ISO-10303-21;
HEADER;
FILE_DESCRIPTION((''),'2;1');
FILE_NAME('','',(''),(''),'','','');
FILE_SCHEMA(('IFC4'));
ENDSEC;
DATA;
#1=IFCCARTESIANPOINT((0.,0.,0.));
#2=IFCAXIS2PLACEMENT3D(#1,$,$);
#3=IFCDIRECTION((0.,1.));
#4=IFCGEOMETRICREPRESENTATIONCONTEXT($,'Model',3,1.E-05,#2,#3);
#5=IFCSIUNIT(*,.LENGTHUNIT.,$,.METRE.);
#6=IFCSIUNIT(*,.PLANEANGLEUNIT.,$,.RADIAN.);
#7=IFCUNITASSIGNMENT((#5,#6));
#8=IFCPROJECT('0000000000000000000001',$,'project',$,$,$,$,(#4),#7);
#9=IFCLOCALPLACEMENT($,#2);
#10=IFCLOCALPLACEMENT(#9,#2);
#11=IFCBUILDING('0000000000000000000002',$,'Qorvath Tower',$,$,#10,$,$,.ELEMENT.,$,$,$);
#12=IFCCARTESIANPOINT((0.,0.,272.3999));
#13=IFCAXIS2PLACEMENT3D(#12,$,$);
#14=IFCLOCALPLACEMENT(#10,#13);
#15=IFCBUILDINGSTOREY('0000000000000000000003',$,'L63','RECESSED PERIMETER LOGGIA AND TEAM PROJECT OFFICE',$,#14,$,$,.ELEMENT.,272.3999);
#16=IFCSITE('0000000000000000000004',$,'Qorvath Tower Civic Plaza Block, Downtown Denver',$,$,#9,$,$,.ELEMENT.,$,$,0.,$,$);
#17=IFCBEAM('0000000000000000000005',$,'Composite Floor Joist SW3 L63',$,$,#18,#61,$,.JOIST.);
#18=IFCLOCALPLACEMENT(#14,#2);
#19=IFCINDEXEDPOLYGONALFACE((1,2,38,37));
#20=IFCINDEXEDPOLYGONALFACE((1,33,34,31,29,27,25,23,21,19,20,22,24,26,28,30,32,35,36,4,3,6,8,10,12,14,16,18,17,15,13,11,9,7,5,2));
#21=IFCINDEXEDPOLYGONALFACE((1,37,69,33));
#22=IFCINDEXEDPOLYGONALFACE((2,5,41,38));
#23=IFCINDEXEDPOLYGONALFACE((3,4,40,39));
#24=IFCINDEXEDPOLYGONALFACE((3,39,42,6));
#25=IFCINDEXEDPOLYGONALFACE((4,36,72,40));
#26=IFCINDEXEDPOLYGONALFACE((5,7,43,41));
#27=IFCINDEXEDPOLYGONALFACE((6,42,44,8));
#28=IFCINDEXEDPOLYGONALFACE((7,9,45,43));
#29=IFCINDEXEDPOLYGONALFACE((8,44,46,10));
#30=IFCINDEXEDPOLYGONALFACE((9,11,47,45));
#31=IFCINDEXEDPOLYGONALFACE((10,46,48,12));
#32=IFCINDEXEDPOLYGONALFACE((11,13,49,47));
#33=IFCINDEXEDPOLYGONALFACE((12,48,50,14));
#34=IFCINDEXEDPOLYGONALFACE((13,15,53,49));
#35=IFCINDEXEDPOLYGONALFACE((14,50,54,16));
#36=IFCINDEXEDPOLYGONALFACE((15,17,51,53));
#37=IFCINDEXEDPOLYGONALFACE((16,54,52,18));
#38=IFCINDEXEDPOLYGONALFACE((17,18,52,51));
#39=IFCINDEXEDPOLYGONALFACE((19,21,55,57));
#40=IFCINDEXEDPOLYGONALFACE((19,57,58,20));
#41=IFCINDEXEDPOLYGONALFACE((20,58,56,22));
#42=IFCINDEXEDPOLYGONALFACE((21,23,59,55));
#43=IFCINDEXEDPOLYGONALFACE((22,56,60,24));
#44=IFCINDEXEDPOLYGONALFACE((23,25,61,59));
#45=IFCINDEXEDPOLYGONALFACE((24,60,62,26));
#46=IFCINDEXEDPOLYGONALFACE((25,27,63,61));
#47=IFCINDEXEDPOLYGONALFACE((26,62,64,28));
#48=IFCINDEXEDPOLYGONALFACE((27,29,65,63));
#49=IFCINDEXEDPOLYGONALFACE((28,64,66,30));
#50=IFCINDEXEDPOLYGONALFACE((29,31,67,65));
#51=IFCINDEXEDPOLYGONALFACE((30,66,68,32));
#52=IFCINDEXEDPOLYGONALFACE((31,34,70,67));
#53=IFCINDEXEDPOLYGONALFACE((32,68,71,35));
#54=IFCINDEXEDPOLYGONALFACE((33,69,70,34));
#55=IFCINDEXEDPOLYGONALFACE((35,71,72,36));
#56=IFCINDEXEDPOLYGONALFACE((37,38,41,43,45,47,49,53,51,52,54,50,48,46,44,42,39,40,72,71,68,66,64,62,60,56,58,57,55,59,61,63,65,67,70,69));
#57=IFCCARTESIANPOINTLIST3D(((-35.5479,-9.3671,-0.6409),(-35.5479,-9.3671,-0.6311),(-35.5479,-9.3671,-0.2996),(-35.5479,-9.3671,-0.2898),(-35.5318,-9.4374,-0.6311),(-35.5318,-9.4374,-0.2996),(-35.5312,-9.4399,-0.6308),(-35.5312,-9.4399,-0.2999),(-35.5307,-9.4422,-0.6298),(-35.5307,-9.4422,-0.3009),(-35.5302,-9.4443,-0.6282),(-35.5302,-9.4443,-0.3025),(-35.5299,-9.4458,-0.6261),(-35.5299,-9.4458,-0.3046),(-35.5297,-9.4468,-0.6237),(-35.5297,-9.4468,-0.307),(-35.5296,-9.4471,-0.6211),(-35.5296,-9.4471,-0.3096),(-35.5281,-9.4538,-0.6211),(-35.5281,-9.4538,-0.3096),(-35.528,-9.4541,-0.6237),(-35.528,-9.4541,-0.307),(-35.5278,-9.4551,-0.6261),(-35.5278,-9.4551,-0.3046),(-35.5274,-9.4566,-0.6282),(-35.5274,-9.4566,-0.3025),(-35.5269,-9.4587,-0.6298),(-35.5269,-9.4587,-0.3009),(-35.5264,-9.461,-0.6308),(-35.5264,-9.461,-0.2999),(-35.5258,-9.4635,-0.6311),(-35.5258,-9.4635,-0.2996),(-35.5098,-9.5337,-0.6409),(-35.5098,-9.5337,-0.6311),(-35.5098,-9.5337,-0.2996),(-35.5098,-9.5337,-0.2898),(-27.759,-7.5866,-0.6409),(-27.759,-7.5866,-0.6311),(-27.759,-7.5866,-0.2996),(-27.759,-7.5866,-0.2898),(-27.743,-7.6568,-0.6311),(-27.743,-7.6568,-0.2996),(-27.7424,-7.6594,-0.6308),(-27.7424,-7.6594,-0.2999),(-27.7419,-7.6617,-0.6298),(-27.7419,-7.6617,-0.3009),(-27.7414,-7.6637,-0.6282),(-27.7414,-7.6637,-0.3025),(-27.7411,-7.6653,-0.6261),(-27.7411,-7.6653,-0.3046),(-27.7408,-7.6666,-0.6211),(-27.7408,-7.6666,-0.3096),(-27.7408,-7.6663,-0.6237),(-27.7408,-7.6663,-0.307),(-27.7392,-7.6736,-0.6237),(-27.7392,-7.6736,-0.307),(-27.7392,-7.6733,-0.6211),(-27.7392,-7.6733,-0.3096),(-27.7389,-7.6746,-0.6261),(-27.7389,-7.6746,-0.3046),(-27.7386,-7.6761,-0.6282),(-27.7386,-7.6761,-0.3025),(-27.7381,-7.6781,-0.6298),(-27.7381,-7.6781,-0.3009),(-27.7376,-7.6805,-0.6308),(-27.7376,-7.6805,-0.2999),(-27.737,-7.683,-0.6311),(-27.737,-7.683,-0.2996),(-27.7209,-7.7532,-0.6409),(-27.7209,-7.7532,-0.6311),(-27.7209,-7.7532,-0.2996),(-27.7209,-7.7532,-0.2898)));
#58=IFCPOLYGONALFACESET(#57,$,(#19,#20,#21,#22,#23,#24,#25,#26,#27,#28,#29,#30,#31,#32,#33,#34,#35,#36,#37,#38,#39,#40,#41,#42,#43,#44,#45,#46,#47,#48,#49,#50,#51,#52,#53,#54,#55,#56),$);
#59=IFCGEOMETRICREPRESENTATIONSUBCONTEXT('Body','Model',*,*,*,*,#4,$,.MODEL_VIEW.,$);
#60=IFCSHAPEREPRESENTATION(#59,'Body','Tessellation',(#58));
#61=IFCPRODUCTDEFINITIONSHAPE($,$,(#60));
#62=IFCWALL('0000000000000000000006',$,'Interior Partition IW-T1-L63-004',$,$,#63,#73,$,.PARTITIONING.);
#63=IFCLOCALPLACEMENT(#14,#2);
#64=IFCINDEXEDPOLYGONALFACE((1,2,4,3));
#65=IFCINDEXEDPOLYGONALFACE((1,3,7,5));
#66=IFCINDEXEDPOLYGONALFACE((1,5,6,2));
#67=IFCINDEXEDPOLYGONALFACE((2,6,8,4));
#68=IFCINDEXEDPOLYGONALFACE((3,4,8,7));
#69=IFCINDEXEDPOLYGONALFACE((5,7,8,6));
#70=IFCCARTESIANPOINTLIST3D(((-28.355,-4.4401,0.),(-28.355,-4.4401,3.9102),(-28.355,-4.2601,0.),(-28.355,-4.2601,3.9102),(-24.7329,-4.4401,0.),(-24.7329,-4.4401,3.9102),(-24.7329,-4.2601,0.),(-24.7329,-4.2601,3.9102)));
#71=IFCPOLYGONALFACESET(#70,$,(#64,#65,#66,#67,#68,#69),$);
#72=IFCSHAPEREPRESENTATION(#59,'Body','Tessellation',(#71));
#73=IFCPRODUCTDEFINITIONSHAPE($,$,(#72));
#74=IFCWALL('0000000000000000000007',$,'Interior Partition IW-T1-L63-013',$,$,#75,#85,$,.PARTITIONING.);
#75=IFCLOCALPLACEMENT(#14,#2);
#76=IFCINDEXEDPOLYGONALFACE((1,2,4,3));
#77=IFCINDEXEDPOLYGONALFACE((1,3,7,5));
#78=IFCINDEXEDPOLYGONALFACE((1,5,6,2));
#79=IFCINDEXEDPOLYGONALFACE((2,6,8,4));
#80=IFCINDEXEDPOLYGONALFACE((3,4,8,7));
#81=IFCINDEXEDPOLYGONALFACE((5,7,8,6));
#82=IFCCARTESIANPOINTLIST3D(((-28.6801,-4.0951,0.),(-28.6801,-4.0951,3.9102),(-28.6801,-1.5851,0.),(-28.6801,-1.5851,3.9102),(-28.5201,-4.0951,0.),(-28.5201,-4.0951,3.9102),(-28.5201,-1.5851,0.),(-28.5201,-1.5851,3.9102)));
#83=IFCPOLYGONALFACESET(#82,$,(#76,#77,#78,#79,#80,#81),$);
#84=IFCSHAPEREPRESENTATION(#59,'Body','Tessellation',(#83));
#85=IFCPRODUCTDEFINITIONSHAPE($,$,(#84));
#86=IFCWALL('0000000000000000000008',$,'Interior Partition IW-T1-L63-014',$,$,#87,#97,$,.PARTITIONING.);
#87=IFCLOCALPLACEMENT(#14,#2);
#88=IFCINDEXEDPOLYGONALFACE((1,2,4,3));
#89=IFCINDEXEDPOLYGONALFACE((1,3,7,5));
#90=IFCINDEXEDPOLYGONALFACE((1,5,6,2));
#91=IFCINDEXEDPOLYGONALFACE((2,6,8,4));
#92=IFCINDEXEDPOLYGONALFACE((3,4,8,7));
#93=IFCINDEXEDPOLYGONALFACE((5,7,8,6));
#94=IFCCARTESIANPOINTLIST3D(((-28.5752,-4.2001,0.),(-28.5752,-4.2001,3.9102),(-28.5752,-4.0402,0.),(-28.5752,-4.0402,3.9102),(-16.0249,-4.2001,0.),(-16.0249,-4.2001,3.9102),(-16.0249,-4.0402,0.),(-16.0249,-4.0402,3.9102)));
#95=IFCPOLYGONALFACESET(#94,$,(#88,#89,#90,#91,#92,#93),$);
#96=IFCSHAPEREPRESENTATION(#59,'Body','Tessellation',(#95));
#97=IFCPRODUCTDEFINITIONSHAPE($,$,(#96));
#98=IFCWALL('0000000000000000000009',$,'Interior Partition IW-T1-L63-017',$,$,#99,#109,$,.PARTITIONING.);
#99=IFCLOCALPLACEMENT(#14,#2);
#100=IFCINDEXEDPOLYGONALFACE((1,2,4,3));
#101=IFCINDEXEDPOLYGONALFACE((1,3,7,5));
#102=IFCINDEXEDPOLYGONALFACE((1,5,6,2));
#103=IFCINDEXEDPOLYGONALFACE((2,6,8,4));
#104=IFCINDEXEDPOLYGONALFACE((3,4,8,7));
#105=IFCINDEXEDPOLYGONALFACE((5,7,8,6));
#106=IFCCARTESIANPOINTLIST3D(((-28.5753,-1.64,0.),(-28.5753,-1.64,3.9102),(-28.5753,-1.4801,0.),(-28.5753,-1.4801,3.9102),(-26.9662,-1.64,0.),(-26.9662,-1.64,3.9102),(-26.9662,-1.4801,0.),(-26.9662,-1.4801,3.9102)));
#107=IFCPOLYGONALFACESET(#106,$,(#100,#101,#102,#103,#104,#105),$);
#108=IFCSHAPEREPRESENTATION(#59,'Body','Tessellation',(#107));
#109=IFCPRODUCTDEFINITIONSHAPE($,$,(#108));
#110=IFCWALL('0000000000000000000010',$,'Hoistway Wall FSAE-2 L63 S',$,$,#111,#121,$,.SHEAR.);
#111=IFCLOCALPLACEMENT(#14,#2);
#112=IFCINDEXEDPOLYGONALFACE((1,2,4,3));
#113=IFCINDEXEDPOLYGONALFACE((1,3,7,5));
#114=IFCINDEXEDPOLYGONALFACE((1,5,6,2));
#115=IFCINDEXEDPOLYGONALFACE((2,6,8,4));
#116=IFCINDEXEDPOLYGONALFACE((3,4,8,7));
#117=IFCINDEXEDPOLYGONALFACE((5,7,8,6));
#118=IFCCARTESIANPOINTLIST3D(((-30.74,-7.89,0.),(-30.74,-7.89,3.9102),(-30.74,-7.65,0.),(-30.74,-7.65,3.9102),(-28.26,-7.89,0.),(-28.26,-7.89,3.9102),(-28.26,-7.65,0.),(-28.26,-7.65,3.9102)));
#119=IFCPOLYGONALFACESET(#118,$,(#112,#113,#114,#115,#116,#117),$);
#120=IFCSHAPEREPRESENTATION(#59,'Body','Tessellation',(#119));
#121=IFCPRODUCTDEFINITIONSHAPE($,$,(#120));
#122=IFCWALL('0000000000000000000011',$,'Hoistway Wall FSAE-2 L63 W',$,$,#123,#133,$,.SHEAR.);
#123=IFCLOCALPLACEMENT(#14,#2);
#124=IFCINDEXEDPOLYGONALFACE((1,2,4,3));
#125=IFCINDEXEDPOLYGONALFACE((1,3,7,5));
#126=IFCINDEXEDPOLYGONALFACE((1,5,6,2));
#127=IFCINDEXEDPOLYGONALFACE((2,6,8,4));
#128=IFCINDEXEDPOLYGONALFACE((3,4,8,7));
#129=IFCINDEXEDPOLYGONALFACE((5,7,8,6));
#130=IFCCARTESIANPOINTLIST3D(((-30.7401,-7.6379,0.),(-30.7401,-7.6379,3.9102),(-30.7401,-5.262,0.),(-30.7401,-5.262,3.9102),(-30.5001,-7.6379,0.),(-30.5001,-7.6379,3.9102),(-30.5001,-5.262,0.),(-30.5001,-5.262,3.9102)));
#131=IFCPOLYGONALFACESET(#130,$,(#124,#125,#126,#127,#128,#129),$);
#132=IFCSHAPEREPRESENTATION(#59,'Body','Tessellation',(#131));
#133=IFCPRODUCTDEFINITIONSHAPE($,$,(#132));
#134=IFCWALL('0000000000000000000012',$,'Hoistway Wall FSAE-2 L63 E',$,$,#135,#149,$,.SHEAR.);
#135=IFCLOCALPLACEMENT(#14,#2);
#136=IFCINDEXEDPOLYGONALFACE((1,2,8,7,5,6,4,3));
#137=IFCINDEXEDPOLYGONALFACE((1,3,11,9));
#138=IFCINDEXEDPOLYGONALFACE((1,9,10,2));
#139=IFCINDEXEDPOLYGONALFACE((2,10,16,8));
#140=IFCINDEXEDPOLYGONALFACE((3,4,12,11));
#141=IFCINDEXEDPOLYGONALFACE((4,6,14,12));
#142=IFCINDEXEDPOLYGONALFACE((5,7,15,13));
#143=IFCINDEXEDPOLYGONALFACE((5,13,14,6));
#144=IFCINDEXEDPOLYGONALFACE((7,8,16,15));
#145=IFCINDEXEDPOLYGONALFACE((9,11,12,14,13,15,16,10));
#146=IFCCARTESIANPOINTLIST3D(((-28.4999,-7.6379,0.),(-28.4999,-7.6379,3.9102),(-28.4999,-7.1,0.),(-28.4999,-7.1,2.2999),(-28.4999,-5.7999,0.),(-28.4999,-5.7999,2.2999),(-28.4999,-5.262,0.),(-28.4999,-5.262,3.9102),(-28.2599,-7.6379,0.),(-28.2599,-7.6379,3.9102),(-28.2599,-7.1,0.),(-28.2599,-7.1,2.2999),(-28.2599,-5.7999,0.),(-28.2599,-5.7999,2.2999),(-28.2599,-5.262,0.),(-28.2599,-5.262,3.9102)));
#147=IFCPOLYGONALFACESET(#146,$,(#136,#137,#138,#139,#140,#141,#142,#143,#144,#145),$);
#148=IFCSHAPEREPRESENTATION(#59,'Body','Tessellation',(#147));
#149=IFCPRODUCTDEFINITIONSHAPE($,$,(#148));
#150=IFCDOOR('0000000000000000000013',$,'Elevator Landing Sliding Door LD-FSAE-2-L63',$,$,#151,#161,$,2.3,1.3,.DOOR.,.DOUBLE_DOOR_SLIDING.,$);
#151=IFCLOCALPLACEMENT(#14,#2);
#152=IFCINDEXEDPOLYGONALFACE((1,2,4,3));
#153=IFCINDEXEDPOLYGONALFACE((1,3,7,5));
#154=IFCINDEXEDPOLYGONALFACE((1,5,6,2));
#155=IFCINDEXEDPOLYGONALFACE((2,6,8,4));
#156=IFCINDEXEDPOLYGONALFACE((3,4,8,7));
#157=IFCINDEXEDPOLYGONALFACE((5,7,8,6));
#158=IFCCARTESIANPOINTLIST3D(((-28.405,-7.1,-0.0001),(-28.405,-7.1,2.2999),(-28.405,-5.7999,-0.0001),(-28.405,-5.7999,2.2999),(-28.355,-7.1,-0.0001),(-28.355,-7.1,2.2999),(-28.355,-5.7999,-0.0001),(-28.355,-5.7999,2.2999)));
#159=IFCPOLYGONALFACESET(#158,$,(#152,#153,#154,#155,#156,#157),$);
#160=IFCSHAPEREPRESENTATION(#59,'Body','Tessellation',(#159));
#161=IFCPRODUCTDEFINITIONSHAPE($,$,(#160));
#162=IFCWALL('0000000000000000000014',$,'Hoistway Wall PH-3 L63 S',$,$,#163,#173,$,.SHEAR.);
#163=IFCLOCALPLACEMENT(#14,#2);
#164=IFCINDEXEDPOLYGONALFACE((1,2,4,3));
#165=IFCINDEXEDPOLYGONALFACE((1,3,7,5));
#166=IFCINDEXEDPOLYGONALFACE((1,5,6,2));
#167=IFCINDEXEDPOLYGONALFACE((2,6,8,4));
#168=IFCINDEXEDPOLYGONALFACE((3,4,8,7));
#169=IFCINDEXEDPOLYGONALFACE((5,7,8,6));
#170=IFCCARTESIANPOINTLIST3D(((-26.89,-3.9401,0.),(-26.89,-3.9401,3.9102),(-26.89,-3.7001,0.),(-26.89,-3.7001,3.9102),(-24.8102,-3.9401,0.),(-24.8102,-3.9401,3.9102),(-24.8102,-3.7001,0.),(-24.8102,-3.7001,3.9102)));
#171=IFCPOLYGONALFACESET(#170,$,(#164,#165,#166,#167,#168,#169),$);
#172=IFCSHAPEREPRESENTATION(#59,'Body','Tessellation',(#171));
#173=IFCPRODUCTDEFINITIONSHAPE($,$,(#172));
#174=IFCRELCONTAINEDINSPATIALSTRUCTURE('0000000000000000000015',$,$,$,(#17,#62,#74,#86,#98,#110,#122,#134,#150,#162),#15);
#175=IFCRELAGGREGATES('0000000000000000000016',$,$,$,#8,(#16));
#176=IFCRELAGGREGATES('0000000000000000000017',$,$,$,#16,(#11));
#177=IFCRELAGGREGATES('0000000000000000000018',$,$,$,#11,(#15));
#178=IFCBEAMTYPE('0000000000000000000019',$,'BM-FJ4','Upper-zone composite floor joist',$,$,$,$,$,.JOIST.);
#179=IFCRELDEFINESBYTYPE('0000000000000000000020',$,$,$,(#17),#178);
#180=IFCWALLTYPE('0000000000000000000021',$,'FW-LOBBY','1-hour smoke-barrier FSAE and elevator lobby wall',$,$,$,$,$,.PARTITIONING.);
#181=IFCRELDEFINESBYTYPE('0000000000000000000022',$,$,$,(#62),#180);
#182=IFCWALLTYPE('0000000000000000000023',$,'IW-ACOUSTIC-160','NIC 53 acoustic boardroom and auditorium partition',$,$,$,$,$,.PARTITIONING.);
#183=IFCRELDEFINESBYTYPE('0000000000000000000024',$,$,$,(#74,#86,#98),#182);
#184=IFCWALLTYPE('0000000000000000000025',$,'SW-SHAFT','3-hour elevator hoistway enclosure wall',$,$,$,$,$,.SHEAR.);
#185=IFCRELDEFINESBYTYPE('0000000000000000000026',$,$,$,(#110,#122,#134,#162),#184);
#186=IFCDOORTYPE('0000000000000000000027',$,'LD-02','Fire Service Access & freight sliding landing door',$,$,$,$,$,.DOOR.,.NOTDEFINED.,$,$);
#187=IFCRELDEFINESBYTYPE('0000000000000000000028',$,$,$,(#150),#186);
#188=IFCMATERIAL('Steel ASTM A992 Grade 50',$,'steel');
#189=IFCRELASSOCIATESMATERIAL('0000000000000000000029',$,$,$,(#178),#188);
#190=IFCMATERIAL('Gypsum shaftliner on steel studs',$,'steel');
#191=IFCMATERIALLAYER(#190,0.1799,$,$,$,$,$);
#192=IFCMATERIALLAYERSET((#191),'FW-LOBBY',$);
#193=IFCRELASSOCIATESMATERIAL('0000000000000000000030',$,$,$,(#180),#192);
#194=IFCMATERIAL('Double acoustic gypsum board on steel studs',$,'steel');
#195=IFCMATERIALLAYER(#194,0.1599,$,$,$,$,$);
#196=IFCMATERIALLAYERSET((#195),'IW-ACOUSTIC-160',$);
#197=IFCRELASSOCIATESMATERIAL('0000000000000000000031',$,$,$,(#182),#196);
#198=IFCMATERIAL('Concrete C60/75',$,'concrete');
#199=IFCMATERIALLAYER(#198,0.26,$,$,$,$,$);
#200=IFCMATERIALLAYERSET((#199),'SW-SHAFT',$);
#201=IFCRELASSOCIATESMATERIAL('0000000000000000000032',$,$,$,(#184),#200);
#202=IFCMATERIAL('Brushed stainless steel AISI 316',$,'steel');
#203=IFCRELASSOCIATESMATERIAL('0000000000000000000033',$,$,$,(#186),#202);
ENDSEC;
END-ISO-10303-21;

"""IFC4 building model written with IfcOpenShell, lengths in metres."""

from ifc_helpers import new_model, si_unit, direction, frame, frame_2d, origin, origin_2d, place, context, subcontext, project, spatial, rectangle, i_section, extrude, material, layer, layer_set, material_profile, profile_set, type_object, element, fill, save


model = new_model("IFC4")

# Units and contexts
model_context = context("Model", 3, precision=1e-05, world=origin(), true_north=direction((0.0, 1.0)))
body_context = subcontext(model_context, "Body", "Model", "MODEL_VIEW")
ifc_project = project(units=[si_unit("LENGTHUNIT", "METRE"), si_unit("PLANEANGLEUNIT", "RADIAN")], contexts=[model_context])

# Site, building, storey
site_placement = place(None, origin())
site = spatial("IfcSite", under=ifc_project, at=site_placement, Name="Qorvath Tower Civic Plaza Block, Downtown Denver", CompositionType="ELEMENT", RefElevation=0.0)
building_placement = place(site_placement, origin())
building = spatial("IfcBuilding", under=site, at=building_placement, Name="Qorvath Tower", CompositionType="ELEMENT")
storey_placement = place(building_placement, frame((0.0, 0.0, 272.3999)))
storey = spatial("IfcBuildingStorey", under=building, at=storey_placement, Name="L63", Description="RECESSED PERIMETER LOGGIA AND TEAM PROJECT OFFICE", CompositionType="ELEMENT", Elevation=272.3999)

# Beam
ifc_material_1 = material(Name="Steel ASTM A992 Grade 50", Category="steel")
ifc_material_profile_1 = material_profile(ifc_material_1, i_section(OverallWidth=0.1709, OverallDepth=0.3511, WebThickness=0.0068, FlangeThickness=0.0098, FilletRadius=0.01, at=origin_2d()), Name="W14x30")
ifc_profile_set_1 = profile_set([ifc_material_profile_1], Name="Steel ASTM A992 Grade 50")
beam_type_1 = type_object("IfcBeamType", Name="BM-FJ4", Description="Upper-zone composite floor joist", PredefinedType="JOIST", material=ifc_profile_set_1)
beam_1_placement = place(storey_placement, frame((-27.74, -7.6699, -0.4653), z_axis=(-0.974853, -0.222851, 0.0), x_axis=(0.222851, -0.974853, 0.0)))
element("IfcBeam", 1, at=beam_1_placement, inside=storey, type_object=beam_type_1, Name="Composite Floor Joist SW3 L63", PredefinedType="JOIST", context=body_context, shape_type="SweptSolid", body=[
    extrude(i_section(OverallWidth=0.1709, OverallDepth=0.3511, WebThickness=0.0068, FlangeThickness=0.0098, FilletRadius=0.01, at=origin_2d()), origin(), (0.0, 0.0, 1.0), 7.9897),
])

# Shared definitions
ifc_material_2 = material(Name="Gypsum shaftliner on steel studs", Category="steel")
ifc_layer_1 = layer(ifc_material_2, 0.1799)
ifc_layer_set_1 = layer_set([ifc_layer_1], Name="FW-LOBBY")
wall_type_1 = type_object("IfcWallType", Name="FW-LOBBY", Description="1-hour smoke-barrier FSAE and elevator lobby wall", PredefinedType="PARTITIONING", material=ifc_layer_set_1)

# Walls
wall_1_placement = place(storey_placement, frame((-24.7329, -4.3501, 0.0), z_axis=(0.0, 0.0, 1.0), x_axis=(-1.0, 0.0, 0.0)))
element("IfcWall", 2, at=wall_1_placement, inside=storey, type_object=wall_type_1, Name="Interior Partition IW-T1-L63-004", PredefinedType="PARTITIONING", context=body_context, shape_type="SweptSolid", body=[
    extrude(rectangle(XDim=3.6221, YDim=0.1799, at=frame_2d((1.811, 0.0))), origin(), (0.0, 0.0, 1.0), 3.9102),
])
ifc_material_3 = material(Name="Double acoustic gypsum board on steel studs", Category="steel")
ifc_layer_2 = layer(ifc_material_3, 0.1599)
ifc_layer_set_2 = layer_set([ifc_layer_2], Name="IW-ACOUSTIC-160")
wall_type_2 = type_object("IfcWallType", Name="IW-ACOUSTIC-160", Description="NIC 53 acoustic boardroom and auditorium partition", PredefinedType="PARTITIONING", material=ifc_layer_set_2)
wall_2_placement = place(storey_placement, frame((-28.6001, -1.5852, 0.0), z_axis=(0.0, 0.0, 1.0), x_axis=(0.0, -1.0, 0.0)))
element("IfcWall", 3, at=wall_2_placement, inside=storey, type_object=wall_type_2, Name="Interior Partition IW-T1-L63-013", PredefinedType="PARTITIONING", context=body_context, shape_type="SweptSolid", body=[
    extrude(rectangle(XDim=2.51, YDim=0.1599, at=frame_2d((1.2549, 0.0))), origin(), (0.0, 0.0, 1.0), 3.9102),
])
wall_3_placement = place(storey_placement, frame((-28.5752, -4.1201, 0.0), z_axis=(0.0, 0.0, 1.0), x_axis=(1.0, 0.0, 0.0)))
element("IfcWall", 4, at=wall_3_placement, inside=storey, type_object=wall_type_2, Name="Interior Partition IW-T1-L63-014", PredefinedType="PARTITIONING", context=body_context, shape_type="SweptSolid", body=[
    extrude(rectangle(XDim=12.5503, YDim=0.1599, at=frame_2d((6.2751, 0.0))), origin(), (0.0, 0.0, 1.0), 3.9102),
])
wall_4_placement = place(storey_placement, frame((-26.9661, -1.5601, 0.0), z_axis=(0.0, 0.0, 1.0), x_axis=(-1.0, 0.0, 0.0)))
element("IfcWall", 5, at=wall_4_placement, inside=storey, type_object=wall_type_2, Name="Interior Partition IW-T1-L63-017", PredefinedType="PARTITIONING", context=body_context, shape_type="SweptSolid", body=[
    extrude(rectangle(XDim=1.6091, YDim=0.1599, at=frame_2d((0.8047, 0.0))), origin(), (0.0, 0.0, 1.0), 3.9102),
])
ifc_material_4 = material(Name="Concrete C60/75", Category="concrete")
ifc_layer_3 = layer(ifc_material_4, 0.26)
ifc_layer_set_3 = layer_set([ifc_layer_3], Name="SW-SHAFT")
wall_type_3 = type_object("IfcWallType", Name="SW-SHAFT", Description="3-hour elevator hoistway enclosure wall", PredefinedType="SHEAR", material=ifc_layer_set_3)
wall_5_placement = place(storey_placement, frame((-28.26, -7.77, 0.0), z_axis=(0.0, 0.0, 1.0), x_axis=(-1.0, 0.0, 0.0)))
element("IfcWall", 6, at=wall_5_placement, inside=storey, type_object=wall_type_3, Name="Hoistway Wall FSAE-2 L63 S", PredefinedType="SHEAR", context=body_context, shape_type="SweptSolid", body=[
    extrude(rectangle(XDim=2.48, YDim=0.24, at=frame_2d((1.24, 0.0))), origin(), (0.0, 0.0, 1.0), 3.9102),
])
wall_6_placement = place(storey_placement, frame((-30.6201, -7.6379, 0.0), z_axis=(0.0, 0.0, 1.0), x_axis=(0.0, 1.0, 0.0)))
element("IfcWall", 7, at=wall_6_placement, inside=storey, type_object=wall_type_3, Name="Hoistway Wall FSAE-2 L63 W", PredefinedType="SHEAR", context=body_context, shape_type="SweptSolid", body=[
    extrude(rectangle(XDim=2.376, YDim=0.24, at=frame_2d((1.188, 0.0))), origin(), (0.0, 0.0, 1.0), 3.9102),
])

# Wall, opening, door
wall_7_placement = place(storey_placement, frame((-28.3799, -5.262, 0.0), z_axis=(0.0, 0.0, 1.0), x_axis=(0.0, -1.0, 0.0)))
wall_7 = element("IfcWall", 8, at=wall_7_placement, inside=storey, type_object=wall_type_3, Name="Hoistway Wall FSAE-2 L63 E", PredefinedType="SHEAR", context=body_context, shape_type="SweptSolid", body=[
    extrude(rectangle(XDim=2.376, YDim=0.24, at=frame_2d((1.188, 0.0))), origin(), (0.0, 0.0, 1.0), 3.9102),
])
opening_1_placement = place(wall_7_placement, frame((0.5381, 0.0, 0.0)))
opening_1 = element("IfcOpeningElement", 9, at=opening_1_placement, cuts=wall_7, PredefinedType="OPENING", context=body_context, shape_type="SweptSolid", body=[
    extrude(rectangle(XDim=1.3, YDim=2.3, at=frame_2d((0.6499, 1.1499))), frame((0.0, 0.1299, 0.0), z_axis=(0.0, -1.0, 0.0), x_axis=(1.0, 0.0, 0.0)), (0.0, 0.0, 1.0), 0.26),
])
ifc_material_5 = material(Name="Brushed stainless steel AISI 316", Category="steel")
door_type_1 = type_object("IfcDoorType", Name="LD-02", Description="Fire Service Access & freight sliding landing door", OperationType="NOTDEFINED", PredefinedType="DOOR", material=ifc_material_5)
door_1_placement = place(opening_1_placement, origin())
door_1 = element("IfcDoor", 10, at=door_1_placement, inside=storey, type_object=door_type_1, Name="Elevator Landing Sliding Door LD-FSAE-2-L63", OperationType="DOUBLE_DOOR_SLIDING", OverallHeight=2.3, OverallWidth=1.3, PredefinedType="DOOR", context=body_context, shape_type="SweptSolid", body=[
    extrude(rectangle(XDim=1.3, YDim=2.3, at=frame_2d((0.6499, 1.1499))), frame((0.0, 0.0249, 0.0), z_axis=(0.0, -1.0, 0.0), x_axis=(1.0, 0.0, 0.0)), (0.0, 0.0, 1.0), 0.05),
])
fill(opening_1, door_1)

# Wall
wall_8_placement = place(storey_placement, frame((-24.8101, -3.8201, 0.0), z_axis=(0.0, 0.0, 1.0), x_axis=(-1.0, 0.0, 0.0)))
element("IfcWall", 11, at=wall_8_placement, inside=storey, type_object=wall_type_3, Name="Hoistway Wall PH-3 L63 S", PredefinedType="SHEAR", context=body_context, shape_type="SweptSolid", body=[
    extrude(rectangle(XDim=2.0798, YDim=0.24, at=frame_2d((1.04, 0.0))), origin(), (0.0, 0.0, 1.0), 3.9102),
])

save(model, "model.ifc")
